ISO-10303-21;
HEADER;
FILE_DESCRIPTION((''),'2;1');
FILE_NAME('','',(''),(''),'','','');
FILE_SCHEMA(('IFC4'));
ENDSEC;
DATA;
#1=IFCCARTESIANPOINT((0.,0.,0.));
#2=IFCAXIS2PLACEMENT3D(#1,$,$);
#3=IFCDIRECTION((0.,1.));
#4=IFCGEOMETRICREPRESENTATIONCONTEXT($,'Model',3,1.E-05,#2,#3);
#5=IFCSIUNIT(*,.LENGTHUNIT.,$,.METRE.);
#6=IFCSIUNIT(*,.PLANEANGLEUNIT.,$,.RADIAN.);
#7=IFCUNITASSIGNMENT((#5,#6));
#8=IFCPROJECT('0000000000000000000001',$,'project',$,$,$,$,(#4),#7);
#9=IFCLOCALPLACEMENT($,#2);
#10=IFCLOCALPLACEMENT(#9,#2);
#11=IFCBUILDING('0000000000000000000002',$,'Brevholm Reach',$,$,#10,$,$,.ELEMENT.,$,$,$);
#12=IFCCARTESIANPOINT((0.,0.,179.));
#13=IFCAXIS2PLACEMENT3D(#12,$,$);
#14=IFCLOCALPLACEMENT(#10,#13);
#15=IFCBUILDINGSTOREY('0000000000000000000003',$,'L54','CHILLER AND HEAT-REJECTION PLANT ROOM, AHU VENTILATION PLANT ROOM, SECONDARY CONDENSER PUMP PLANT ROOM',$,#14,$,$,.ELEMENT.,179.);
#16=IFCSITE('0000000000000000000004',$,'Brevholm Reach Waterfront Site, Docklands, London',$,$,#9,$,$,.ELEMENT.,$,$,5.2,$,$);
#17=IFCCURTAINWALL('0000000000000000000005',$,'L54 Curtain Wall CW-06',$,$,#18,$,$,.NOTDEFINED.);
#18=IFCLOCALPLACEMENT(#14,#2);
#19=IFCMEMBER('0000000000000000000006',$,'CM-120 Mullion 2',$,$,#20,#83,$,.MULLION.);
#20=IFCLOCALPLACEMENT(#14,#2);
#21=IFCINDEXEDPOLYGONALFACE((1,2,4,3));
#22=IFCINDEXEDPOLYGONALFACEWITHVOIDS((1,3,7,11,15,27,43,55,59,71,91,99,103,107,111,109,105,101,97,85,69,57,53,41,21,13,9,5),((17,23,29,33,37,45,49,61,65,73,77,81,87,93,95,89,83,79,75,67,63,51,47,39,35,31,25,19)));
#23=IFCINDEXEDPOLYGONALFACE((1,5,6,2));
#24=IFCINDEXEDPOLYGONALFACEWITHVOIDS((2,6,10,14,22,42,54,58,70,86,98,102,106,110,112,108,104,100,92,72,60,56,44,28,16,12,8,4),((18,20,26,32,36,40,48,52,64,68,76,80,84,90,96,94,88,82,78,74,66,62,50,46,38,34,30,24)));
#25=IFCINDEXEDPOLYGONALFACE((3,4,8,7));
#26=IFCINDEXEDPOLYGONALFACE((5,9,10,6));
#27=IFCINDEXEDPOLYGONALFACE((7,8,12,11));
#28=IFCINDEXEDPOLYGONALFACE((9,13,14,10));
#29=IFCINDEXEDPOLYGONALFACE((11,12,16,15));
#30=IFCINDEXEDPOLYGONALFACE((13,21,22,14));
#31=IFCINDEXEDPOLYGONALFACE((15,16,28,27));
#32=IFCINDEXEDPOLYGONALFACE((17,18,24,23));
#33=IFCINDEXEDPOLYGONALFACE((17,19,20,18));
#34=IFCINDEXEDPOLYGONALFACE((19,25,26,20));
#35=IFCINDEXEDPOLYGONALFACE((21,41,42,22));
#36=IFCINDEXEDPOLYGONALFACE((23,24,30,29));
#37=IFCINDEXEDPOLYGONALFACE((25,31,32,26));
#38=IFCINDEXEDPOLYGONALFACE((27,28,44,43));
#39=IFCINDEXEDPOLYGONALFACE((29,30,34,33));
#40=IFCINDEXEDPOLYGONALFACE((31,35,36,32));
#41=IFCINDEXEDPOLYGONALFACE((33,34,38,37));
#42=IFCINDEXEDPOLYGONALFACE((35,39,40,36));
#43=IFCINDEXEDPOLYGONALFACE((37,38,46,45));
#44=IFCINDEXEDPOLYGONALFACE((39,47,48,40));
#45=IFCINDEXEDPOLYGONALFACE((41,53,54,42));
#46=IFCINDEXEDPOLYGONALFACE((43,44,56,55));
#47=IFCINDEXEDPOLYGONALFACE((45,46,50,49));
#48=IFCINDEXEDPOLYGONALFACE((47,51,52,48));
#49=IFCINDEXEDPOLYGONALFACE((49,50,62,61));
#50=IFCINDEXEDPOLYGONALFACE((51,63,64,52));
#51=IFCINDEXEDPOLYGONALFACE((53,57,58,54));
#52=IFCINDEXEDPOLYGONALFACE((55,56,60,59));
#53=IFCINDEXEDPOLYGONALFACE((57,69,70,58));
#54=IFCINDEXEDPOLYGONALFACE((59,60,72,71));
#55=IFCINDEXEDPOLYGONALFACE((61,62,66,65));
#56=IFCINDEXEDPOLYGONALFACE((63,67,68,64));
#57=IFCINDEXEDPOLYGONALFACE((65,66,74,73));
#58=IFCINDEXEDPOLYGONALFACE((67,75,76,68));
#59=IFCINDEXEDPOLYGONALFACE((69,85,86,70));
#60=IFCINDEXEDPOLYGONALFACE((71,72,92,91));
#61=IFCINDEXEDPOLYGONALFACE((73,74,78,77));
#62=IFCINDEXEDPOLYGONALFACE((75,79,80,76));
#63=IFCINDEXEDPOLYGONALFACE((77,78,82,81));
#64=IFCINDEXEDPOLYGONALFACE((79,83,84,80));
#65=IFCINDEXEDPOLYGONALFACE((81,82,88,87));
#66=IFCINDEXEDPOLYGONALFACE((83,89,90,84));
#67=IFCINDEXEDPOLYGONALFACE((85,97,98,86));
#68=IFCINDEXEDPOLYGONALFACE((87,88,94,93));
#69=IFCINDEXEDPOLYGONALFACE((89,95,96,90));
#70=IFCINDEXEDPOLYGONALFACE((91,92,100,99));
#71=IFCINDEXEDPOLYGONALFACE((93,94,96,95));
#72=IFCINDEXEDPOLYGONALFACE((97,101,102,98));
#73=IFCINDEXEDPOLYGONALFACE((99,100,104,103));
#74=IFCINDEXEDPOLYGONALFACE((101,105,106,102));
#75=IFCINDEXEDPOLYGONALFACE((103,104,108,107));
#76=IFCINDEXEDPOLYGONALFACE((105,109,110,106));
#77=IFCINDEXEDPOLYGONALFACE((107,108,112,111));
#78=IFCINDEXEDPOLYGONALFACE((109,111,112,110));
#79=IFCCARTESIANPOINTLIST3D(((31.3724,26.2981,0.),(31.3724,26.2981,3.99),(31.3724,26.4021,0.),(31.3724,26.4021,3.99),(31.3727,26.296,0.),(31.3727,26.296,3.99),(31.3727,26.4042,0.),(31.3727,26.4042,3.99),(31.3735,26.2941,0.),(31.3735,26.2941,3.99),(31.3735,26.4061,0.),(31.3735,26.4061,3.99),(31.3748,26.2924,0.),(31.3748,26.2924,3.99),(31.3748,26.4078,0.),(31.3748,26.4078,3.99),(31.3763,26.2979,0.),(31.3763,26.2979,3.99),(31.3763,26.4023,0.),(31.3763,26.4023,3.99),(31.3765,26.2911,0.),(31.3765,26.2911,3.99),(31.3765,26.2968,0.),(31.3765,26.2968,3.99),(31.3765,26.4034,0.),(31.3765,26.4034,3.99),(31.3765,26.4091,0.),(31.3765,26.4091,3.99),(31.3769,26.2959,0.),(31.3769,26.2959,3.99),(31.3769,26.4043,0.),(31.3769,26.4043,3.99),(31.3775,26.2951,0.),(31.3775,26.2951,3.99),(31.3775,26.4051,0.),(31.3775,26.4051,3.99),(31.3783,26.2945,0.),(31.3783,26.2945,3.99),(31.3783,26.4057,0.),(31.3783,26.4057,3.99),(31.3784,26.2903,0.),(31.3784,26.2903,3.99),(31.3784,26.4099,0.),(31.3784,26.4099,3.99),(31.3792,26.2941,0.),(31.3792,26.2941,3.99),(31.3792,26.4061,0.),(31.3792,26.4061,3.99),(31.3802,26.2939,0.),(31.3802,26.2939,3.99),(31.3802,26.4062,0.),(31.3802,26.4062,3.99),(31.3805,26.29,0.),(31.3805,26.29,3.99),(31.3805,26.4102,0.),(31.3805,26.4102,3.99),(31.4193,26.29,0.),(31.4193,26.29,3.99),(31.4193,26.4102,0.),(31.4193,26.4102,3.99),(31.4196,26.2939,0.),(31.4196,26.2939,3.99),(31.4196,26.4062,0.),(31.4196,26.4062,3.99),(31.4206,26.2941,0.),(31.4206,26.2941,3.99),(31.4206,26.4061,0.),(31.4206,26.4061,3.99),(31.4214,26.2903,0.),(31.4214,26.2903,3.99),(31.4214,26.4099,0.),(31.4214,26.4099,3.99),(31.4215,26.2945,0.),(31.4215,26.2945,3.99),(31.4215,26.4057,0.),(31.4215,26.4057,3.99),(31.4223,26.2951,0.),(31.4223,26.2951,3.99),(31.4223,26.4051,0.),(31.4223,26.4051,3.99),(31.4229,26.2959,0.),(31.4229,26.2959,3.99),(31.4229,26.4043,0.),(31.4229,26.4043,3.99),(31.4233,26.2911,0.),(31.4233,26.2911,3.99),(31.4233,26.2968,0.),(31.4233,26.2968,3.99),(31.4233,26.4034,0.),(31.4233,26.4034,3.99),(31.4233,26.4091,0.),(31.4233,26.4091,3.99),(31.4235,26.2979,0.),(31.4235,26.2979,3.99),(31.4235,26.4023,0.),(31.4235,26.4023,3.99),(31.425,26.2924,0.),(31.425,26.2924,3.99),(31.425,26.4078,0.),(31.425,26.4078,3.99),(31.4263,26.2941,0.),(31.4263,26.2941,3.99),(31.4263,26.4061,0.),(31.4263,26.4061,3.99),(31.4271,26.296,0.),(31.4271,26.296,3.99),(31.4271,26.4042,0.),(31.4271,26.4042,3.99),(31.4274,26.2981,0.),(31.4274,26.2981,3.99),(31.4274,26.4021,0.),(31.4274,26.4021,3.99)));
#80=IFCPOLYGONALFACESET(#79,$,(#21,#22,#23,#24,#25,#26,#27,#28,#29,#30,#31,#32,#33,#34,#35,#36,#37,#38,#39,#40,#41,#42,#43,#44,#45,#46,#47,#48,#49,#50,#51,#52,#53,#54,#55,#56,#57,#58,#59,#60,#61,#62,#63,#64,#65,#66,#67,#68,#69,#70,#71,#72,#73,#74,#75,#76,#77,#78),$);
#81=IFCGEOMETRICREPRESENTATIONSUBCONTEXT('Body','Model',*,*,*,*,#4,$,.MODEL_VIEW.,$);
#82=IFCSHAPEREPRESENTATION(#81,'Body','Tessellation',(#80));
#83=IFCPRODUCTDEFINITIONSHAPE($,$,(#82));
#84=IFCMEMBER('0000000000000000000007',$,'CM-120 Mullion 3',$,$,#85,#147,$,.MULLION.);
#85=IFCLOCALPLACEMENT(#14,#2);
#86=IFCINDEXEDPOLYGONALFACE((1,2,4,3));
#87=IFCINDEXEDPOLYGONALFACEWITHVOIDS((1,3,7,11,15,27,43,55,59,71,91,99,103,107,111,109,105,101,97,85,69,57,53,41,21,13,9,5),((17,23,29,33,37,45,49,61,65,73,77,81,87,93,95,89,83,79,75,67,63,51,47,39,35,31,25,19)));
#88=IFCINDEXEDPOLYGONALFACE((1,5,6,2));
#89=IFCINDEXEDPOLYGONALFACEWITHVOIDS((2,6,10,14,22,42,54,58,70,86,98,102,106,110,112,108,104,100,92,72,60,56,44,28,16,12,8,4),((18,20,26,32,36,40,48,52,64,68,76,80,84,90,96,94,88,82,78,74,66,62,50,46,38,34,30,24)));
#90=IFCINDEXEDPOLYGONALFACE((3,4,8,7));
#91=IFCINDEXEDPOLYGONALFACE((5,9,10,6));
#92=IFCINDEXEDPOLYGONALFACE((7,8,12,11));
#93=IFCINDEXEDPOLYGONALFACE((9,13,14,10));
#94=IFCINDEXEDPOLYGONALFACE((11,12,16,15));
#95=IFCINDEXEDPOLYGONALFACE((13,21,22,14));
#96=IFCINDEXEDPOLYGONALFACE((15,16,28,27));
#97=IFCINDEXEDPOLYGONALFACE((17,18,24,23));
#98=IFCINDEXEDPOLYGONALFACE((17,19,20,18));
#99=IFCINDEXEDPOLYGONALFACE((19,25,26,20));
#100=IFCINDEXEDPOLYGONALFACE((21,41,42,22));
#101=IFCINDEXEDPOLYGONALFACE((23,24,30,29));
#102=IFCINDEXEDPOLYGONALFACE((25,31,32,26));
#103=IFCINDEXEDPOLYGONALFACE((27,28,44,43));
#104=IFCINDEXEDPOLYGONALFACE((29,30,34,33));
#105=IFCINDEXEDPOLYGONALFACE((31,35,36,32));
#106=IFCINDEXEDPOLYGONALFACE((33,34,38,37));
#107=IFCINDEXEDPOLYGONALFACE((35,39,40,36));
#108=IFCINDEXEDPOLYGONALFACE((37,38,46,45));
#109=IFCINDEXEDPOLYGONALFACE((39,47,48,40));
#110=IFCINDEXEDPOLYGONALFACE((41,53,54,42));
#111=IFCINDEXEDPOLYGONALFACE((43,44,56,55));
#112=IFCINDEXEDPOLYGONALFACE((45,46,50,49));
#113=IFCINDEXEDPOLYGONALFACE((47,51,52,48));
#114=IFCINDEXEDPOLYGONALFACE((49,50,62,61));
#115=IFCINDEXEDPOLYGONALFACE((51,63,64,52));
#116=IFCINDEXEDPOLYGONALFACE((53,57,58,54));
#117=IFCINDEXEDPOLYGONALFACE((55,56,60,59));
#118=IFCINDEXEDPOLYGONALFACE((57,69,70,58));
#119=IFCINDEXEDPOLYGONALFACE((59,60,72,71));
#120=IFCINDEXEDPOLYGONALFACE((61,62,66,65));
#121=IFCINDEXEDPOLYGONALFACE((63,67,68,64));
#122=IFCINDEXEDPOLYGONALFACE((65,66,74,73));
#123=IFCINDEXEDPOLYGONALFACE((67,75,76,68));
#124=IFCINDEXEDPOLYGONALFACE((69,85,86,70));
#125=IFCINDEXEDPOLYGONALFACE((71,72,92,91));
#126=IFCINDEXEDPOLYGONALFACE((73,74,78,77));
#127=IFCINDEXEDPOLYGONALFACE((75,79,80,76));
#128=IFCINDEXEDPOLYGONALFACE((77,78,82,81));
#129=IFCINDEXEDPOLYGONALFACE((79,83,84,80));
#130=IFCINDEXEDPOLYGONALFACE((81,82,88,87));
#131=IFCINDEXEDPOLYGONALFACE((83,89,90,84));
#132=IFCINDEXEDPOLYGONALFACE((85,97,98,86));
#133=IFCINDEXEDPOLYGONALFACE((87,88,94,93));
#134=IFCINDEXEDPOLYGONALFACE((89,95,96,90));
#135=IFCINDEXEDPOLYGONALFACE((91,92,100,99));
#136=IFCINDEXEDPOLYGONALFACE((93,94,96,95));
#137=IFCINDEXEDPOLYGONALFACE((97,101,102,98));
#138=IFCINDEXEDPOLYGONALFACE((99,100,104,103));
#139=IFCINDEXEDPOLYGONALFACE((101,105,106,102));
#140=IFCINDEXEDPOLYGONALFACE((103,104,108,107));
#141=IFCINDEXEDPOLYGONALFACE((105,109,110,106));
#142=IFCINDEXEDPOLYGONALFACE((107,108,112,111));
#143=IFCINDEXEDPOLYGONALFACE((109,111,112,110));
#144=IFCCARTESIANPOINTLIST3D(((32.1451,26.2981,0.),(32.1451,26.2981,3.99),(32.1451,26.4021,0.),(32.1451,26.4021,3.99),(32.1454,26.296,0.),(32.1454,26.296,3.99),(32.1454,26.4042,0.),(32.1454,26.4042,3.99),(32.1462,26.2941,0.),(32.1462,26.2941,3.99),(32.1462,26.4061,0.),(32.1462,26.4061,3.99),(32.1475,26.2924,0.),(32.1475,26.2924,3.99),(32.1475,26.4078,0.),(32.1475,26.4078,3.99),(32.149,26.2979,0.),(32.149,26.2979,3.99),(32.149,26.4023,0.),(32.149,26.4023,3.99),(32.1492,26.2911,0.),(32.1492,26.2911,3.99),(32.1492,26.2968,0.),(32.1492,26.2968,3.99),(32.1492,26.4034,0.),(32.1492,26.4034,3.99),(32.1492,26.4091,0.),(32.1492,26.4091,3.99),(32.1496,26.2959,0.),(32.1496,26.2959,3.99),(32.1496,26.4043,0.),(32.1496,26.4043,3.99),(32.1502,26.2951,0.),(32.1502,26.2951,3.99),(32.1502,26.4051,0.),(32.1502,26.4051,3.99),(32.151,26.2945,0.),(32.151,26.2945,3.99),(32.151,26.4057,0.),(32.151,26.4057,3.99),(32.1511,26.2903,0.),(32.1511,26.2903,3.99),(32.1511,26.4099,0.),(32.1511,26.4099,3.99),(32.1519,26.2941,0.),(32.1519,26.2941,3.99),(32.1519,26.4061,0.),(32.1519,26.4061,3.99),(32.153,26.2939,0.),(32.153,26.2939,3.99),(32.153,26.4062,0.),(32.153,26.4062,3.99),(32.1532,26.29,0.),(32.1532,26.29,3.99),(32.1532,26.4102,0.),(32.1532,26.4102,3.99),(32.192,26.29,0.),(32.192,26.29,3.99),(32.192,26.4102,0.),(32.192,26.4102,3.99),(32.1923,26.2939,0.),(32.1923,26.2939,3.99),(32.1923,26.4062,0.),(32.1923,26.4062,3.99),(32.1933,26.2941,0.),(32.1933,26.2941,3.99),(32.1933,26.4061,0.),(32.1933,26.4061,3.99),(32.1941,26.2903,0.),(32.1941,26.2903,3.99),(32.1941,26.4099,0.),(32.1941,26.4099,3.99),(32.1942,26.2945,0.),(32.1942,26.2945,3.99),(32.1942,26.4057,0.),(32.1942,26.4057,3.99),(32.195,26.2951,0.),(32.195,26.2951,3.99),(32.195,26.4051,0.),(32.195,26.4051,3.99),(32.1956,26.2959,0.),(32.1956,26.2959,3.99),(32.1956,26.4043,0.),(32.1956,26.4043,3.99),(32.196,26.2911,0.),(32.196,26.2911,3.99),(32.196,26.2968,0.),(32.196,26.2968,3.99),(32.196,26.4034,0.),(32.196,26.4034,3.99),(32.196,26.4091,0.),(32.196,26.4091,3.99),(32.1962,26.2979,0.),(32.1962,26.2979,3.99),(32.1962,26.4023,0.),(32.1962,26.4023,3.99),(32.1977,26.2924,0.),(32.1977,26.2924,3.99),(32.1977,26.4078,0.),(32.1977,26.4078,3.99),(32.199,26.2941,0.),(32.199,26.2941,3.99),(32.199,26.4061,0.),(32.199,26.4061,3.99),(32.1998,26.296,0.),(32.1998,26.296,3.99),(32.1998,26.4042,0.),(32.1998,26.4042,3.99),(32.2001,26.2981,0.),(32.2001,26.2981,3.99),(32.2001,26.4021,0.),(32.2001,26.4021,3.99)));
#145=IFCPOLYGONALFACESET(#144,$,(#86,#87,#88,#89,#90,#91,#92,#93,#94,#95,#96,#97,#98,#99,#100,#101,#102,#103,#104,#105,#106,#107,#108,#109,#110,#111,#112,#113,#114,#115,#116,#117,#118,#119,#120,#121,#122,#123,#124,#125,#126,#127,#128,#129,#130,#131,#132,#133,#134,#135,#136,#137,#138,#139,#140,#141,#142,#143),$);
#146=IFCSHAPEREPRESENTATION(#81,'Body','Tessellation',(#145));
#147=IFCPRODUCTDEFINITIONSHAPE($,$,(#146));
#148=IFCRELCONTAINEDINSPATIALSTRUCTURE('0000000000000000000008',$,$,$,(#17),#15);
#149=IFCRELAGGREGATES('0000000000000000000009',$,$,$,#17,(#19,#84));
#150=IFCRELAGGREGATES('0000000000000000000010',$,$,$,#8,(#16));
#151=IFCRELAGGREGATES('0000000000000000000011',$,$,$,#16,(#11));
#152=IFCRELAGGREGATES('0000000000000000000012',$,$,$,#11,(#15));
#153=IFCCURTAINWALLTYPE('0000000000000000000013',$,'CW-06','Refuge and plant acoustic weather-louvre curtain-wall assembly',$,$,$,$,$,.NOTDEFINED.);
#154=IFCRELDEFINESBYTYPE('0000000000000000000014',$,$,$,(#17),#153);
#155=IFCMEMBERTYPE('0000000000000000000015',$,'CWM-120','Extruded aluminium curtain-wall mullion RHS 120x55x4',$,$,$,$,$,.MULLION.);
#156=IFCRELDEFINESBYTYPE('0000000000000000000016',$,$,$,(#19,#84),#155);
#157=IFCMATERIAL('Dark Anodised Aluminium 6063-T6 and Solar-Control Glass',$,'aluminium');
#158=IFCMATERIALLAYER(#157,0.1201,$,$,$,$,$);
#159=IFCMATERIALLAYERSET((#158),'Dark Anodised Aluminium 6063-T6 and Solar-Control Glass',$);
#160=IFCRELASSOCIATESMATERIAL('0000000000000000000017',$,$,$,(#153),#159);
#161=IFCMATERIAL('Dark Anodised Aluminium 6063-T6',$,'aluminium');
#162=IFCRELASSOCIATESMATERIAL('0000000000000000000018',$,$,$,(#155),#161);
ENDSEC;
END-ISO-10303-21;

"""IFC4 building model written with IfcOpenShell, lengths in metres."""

from ifc_helpers import new_model, si_unit, direction, frame, origin, origin_2d, place, context, subcontext, project, spatial, hollow_rectangle, extrude, material, layer, layer_set, material_profile, profile_set, type_object, element, aggregate, save


model = new_model("IFC4")

# Units and contexts
model_context = context("Model", 3, precision=1e-05, world=origin(), true_north=direction((0.0, 1.0)))
body_context = subcontext(model_context, "Body", "Model", "MODEL_VIEW")
ifc_project = project(units=[si_unit("LENGTHUNIT", "METRE"), si_unit("PLANEANGLEUNIT", "RADIAN")], contexts=[model_context])

# Site, building, storey
site_placement = place(None, origin())
site = spatial("IfcSite", under=ifc_project, at=site_placement, Name="Brevholm Reach Waterfront Site, Docklands, London", CompositionType="ELEMENT", RefElevation=5.2)
building_placement = place(site_placement, origin())
building = spatial("IfcBuilding", under=site, at=building_placement, Name="Brevholm Reach", CompositionType="ELEMENT")
storey_placement = place(building_placement, frame((0.0, 0.0, 179.0)))
storey = spatial("IfcBuildingStorey", under=building, at=storey_placement, Name="L54", Description="CHILLER AND HEAT-REJECTION PLANT ROOM, AHU VENTILATION PLANT ROOM, SECONDARY CONDENSER PUMP PLANT ROOM", CompositionType="ELEMENT", Elevation=179.0)

# Curtain wall, members
ifc_material_1 = material(Name="Dark Anodised Aluminium 6063-T6 and Solar-Control Glass", Category="aluminium")
ifc_layer_1 = layer(ifc_material_1, 0.1201)
ifc_layer_set_1 = layer_set([ifc_layer_1], Name="Dark Anodised Aluminium 6063-T6 and Solar-Control Glass")
curtain_wall_type_1 = type_object("IfcCurtainWallType", Name="CW-06", Description="Refuge and plant acoustic weather-louvre curtain-wall assembly", PredefinedType="NOTDEFINED", material=ifc_layer_set_1)
curtain_wall_1_placement = place(storey_placement, origin())
curtain_wall_1 = element("IfcCurtainWall", 1, at=curtain_wall_1_placement, inside=storey, type_object=curtain_wall_type_1, Name="L54 Curtain Wall CW-06", PredefinedType="NOTDEFINED")
ifc_material_2 = material(Name="Dark Anodised Aluminium 6063-T6", Category="aluminium")
ifc_material_profile_1 = material_profile(ifc_material_2, hollow_rectangle(XDim=0.0549, YDim=0.1201, WallThickness=0.0039, InnerFilletRadius=0.0039, OuterFilletRadius=0.0081, at=origin_2d()), Name="RHS 120x55x4")
ifc_profile_set_1 = profile_set([ifc_material_profile_1], Name="Dark Anodised Aluminium 6063-T6")
member_type_1 = type_object("IfcMemberType", Name="CWM-120", Description="Extruded aluminium curtain-wall mullion RHS 120x55x4", PredefinedType="MULLION", material=ifc_profile_set_1)
member_1_placement = place(storey_placement, frame((31.3999, 26.3501, 0.0), z_axis=(0.0, 0.0, 1.0), x_axis=(1.0, 0.0, 0.0)))
member_1 = element("IfcMember", 2, at=member_1_placement, type_object=member_type_1, Name="CM-120 Mullion 2", PredefinedType="MULLION", context=body_context, shape_type="SweptSolid", body=[
    extrude(hollow_rectangle(XDim=0.0549, YDim=0.1201, WallThickness=0.0039, InnerFilletRadius=0.0039, OuterFilletRadius=0.0081, at=origin_2d()), origin(), (0.0, 0.0, 1.0), 3.99),
])
member_2_placement = place(storey_placement, frame((32.1726, 26.3501, 0.0), z_axis=(0.0, 0.0, 1.0), x_axis=(1.0, 0.0, 0.0)))
member_2 = element("IfcMember", 3, at=member_2_placement, type_object=member_type_1, Name="CM-120 Mullion 3", PredefinedType="MULLION", context=body_context, shape_type="SweptSolid", body=[
    extrude(hollow_rectangle(XDim=0.0549, YDim=0.1201, WallThickness=0.0039, InnerFilletRadius=0.0039, OuterFilletRadius=0.0081, at=origin_2d()), origin(), (0.0, 0.0, 1.0), 3.99),
])

aggregate(curtain_wall_1, [member_1, member_2])

save(model, "model.ifc")
